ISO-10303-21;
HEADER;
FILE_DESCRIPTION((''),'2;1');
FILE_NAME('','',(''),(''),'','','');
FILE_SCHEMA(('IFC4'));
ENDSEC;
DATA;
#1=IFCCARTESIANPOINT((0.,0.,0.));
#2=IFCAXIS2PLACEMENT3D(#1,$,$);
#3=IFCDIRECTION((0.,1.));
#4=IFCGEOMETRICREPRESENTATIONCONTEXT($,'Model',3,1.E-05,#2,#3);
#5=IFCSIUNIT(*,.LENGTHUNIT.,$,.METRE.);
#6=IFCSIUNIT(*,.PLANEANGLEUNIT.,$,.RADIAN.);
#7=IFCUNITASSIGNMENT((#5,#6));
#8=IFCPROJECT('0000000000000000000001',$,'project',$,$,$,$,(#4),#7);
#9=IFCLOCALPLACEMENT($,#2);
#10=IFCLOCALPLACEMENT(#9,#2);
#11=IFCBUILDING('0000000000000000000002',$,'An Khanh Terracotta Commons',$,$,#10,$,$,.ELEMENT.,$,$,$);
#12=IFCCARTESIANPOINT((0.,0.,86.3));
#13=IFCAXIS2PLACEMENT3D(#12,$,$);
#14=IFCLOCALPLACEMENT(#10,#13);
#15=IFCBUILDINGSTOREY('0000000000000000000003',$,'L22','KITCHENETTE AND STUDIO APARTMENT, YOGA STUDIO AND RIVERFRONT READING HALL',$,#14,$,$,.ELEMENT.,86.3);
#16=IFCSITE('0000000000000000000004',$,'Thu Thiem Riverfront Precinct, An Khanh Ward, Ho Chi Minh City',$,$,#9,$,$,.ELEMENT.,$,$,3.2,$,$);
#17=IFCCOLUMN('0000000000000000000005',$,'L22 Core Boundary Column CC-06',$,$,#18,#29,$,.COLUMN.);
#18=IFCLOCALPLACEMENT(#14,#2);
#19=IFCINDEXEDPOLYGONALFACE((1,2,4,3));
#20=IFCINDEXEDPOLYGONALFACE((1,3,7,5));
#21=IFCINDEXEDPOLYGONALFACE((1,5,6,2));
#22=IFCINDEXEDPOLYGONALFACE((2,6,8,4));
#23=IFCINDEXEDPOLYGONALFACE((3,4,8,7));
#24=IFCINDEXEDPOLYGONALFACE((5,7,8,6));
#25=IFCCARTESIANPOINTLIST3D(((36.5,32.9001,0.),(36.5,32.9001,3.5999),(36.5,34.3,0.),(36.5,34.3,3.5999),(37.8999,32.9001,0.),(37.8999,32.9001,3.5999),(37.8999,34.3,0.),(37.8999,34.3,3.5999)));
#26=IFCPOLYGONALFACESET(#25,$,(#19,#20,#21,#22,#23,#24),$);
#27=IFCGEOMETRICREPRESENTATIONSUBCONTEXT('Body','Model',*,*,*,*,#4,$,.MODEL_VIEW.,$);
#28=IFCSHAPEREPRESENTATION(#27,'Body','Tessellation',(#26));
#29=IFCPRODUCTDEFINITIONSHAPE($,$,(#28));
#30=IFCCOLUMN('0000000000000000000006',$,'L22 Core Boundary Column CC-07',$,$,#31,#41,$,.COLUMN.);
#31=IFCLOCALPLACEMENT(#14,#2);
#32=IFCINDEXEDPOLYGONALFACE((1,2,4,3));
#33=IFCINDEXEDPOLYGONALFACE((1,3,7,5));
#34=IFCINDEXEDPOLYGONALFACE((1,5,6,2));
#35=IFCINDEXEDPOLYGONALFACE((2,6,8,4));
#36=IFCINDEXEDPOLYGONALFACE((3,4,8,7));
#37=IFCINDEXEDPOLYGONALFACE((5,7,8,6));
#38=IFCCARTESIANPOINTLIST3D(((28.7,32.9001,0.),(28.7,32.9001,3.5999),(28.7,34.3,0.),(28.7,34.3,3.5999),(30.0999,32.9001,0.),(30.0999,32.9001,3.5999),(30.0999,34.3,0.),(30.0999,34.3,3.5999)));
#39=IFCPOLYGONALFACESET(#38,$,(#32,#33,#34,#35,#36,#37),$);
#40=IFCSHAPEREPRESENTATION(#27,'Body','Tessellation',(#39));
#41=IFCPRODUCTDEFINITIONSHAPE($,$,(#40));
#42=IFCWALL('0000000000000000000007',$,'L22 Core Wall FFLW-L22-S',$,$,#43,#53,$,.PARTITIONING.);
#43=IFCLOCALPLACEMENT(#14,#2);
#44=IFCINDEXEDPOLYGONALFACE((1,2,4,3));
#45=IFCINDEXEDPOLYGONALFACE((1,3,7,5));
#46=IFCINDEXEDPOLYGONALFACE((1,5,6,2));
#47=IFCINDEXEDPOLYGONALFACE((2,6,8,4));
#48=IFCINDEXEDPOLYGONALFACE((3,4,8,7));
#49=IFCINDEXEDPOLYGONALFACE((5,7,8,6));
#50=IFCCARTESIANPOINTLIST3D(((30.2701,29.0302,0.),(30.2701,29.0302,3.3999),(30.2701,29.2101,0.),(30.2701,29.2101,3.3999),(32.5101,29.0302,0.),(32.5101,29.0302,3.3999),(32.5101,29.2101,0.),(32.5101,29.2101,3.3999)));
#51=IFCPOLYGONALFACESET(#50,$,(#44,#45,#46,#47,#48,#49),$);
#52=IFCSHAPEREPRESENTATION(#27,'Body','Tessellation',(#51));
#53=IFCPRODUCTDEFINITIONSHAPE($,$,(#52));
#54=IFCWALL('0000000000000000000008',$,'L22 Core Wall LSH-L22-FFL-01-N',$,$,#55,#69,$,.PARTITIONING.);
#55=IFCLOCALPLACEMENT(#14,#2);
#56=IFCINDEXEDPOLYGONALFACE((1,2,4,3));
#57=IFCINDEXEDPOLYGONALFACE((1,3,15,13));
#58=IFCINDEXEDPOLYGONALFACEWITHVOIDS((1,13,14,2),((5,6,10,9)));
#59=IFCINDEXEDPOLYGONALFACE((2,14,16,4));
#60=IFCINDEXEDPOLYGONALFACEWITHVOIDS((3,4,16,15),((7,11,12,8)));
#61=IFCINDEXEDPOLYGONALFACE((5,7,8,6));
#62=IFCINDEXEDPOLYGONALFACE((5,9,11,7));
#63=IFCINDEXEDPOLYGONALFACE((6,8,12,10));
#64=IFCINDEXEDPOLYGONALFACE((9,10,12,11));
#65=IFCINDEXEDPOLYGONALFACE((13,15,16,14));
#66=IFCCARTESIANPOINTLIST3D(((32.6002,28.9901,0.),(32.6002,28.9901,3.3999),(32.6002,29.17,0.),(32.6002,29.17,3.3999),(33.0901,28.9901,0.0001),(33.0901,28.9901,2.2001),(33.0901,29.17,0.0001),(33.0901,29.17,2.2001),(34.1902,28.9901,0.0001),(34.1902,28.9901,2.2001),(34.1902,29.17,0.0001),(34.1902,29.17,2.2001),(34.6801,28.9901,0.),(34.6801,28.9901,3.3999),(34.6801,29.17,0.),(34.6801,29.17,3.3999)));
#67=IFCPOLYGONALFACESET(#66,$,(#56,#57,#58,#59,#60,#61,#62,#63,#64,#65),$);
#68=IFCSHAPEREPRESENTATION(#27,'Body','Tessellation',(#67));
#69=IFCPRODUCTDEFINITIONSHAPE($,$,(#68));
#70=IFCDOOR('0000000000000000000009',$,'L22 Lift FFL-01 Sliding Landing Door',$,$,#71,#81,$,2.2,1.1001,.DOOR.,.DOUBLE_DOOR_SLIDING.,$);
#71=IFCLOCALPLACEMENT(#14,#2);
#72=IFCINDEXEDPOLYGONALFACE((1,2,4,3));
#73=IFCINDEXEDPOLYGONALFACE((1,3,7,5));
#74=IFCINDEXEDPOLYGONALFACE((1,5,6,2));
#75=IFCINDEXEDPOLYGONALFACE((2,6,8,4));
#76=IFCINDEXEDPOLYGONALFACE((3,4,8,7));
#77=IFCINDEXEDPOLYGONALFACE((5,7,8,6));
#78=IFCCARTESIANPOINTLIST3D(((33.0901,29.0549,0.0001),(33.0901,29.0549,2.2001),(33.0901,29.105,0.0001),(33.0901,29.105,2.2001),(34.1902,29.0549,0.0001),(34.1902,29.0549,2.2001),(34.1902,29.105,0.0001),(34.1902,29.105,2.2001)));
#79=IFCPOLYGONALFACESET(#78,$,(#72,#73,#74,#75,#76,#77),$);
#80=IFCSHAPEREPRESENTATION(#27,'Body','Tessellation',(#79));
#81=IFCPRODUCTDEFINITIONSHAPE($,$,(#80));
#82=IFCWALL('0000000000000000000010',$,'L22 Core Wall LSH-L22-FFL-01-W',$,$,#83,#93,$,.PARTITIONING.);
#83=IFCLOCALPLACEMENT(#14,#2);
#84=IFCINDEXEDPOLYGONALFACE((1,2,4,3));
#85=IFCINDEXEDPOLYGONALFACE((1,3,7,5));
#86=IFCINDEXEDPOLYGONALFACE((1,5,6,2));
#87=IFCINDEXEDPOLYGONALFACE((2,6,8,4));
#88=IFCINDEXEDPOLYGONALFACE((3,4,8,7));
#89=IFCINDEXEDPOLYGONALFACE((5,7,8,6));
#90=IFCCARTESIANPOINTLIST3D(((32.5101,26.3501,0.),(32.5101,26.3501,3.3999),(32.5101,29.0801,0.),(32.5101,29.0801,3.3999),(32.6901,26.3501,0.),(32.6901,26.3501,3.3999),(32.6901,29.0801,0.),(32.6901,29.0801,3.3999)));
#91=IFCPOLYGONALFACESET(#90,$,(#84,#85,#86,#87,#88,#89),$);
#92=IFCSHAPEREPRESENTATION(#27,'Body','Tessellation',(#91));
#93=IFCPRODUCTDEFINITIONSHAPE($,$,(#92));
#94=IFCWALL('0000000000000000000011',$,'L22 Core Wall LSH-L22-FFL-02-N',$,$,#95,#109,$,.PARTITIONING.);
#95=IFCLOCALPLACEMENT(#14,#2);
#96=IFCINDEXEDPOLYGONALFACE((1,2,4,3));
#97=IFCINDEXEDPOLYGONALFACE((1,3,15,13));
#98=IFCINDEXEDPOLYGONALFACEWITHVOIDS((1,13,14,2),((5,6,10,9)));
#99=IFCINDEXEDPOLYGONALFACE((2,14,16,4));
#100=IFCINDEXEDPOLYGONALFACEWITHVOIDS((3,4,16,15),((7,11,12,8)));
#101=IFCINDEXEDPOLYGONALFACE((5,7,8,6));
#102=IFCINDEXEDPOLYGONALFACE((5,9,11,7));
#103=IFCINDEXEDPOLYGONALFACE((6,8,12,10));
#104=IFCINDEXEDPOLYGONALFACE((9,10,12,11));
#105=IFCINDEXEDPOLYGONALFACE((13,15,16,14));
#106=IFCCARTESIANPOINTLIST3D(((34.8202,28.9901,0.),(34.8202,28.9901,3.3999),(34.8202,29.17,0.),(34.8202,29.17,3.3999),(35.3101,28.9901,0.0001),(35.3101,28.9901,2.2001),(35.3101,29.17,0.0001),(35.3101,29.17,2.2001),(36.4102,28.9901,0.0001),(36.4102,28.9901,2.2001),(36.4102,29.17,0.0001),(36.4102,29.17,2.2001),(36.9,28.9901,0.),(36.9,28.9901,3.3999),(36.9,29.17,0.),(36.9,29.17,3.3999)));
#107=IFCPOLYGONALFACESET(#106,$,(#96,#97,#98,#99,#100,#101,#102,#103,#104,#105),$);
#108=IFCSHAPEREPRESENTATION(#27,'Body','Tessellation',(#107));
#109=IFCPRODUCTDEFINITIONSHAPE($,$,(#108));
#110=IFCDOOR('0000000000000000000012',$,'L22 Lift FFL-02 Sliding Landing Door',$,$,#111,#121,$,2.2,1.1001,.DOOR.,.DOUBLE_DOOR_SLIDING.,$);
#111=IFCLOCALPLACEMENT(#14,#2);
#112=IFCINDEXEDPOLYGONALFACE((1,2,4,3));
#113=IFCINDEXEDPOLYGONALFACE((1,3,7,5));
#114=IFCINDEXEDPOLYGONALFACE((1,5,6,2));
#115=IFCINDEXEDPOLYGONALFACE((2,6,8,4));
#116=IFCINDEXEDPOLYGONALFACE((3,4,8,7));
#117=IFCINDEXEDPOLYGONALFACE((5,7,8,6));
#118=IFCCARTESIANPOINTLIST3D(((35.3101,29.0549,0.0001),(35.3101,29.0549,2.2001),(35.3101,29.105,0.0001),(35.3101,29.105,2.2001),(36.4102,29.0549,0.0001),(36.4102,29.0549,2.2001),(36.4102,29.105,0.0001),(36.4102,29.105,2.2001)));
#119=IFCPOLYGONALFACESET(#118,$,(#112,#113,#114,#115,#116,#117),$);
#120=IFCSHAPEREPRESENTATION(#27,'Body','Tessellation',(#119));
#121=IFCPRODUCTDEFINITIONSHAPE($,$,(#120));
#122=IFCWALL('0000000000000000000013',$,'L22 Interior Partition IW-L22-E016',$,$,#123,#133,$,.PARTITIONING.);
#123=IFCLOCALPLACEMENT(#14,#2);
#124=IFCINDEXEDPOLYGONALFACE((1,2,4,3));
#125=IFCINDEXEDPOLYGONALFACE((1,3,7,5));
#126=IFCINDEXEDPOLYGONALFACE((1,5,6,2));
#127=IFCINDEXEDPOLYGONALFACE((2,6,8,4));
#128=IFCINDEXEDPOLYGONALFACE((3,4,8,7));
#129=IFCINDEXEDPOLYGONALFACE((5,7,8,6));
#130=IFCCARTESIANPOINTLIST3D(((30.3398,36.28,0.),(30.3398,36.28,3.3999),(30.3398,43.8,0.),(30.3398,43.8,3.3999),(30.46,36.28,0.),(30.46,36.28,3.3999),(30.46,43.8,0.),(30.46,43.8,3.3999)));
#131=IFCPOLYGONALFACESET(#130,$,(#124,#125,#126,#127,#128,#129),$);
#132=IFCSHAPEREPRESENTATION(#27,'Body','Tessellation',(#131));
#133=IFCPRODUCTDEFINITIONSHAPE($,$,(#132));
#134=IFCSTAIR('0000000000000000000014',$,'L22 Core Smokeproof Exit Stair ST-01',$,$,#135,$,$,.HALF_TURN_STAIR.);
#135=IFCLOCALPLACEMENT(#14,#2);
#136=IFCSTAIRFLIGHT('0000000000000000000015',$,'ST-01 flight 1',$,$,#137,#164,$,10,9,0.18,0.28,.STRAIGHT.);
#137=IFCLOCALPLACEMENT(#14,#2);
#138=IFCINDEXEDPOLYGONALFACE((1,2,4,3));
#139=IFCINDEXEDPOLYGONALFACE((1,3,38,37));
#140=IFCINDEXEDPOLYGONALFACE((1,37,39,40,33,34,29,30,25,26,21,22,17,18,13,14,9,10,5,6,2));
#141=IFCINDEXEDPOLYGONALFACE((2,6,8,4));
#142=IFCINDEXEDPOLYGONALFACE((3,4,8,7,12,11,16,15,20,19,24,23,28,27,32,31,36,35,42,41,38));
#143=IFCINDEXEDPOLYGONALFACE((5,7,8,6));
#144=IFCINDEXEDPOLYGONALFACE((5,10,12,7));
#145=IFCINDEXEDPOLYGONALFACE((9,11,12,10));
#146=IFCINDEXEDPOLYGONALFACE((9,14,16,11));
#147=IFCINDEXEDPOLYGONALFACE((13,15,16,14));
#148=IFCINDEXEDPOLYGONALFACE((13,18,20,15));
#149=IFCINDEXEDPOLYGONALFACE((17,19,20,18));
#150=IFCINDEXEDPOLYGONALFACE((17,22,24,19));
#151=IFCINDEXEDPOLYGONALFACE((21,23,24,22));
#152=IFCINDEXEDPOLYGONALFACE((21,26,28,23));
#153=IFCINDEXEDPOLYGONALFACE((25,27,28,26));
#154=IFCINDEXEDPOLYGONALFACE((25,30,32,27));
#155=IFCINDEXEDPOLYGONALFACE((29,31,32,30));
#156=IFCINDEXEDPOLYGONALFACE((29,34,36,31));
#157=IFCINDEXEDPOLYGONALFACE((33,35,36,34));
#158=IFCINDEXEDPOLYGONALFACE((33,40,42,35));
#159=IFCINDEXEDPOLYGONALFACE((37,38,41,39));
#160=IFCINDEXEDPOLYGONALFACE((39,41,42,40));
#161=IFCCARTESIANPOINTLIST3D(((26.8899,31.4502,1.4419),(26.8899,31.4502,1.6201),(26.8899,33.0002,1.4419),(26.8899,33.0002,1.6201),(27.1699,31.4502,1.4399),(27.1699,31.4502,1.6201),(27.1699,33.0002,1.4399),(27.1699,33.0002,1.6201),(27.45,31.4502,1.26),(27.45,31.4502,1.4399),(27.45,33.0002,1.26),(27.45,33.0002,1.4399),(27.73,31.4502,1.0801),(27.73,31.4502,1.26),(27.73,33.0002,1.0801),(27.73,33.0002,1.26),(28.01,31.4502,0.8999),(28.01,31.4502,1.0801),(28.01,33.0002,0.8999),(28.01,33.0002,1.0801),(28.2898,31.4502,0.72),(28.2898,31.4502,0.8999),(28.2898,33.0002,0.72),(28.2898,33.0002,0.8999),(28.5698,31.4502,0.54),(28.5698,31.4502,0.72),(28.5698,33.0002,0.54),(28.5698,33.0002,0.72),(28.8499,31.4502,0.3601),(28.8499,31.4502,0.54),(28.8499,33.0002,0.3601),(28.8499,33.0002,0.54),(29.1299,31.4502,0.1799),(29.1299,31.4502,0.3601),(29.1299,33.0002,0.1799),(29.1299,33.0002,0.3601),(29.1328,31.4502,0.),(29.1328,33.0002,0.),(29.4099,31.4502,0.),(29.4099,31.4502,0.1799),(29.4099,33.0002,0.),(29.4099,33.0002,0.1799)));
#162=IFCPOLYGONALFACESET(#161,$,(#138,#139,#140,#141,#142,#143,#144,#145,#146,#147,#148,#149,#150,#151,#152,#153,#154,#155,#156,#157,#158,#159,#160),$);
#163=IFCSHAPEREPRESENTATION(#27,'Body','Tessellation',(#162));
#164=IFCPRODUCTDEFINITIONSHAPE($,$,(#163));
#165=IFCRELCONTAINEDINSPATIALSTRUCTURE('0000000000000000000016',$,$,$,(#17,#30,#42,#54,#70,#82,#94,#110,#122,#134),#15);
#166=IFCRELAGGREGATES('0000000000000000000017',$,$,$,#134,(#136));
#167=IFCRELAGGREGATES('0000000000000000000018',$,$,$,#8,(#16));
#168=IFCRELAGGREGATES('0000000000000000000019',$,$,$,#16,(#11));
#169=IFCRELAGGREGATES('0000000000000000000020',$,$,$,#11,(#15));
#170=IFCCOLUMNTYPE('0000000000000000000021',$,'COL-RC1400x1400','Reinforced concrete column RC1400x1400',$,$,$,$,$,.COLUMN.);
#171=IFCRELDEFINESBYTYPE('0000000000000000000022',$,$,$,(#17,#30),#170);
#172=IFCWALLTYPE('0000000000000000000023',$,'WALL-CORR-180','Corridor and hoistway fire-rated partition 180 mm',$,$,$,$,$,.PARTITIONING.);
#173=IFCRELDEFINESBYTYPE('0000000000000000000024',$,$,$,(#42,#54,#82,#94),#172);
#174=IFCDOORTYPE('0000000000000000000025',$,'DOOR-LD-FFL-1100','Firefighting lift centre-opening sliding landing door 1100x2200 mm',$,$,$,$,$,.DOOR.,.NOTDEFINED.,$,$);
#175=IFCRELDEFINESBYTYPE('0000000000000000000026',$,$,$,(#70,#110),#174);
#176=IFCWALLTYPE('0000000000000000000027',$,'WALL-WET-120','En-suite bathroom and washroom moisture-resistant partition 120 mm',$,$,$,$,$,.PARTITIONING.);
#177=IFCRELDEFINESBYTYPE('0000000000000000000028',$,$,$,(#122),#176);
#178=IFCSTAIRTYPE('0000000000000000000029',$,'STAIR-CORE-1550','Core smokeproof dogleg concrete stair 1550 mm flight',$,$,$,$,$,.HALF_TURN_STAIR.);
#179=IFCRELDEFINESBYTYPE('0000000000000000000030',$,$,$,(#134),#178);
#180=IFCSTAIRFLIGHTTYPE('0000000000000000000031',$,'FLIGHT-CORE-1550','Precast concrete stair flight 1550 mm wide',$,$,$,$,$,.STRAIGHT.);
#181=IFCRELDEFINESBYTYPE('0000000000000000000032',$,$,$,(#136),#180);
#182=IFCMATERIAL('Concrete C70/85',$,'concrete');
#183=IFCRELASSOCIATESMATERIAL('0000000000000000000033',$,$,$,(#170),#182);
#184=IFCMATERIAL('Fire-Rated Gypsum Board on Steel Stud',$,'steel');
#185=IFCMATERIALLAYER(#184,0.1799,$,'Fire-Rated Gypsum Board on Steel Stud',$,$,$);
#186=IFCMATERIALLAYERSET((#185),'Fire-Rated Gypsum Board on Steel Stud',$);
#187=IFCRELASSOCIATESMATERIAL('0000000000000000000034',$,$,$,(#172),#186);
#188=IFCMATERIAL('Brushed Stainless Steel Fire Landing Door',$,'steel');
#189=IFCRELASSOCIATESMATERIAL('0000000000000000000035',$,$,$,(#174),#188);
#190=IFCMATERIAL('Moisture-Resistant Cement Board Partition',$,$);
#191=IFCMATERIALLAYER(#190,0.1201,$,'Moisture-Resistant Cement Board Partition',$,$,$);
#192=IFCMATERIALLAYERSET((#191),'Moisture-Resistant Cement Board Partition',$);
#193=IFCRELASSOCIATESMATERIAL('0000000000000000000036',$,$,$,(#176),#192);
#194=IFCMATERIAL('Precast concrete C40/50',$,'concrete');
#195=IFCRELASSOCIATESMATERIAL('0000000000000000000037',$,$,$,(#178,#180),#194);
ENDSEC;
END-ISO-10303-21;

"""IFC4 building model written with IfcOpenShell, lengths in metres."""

from ifc_helpers import new_model, si_unit, direction, frame, frame_2d, origin, origin_2d, place, context, subcontext, project, spatial, polyline, rectangle, outline, extrude, material, layer, layer_set, material_profile, profile_set, type_object, element, fill, aggregate, save


model = new_model("IFC4")

# Units and contexts
model_context = context("Model", 3, precision=1e-05, world=origin(), true_north=direction((0.0, 1.0)))
body_context = subcontext(model_context, "Body", "Model", "MODEL_VIEW")
ifc_project = project(units=[si_unit("LENGTHUNIT", "METRE"), si_unit("PLANEANGLEUNIT", "RADIAN")], contexts=[model_context])

# Site, building, storey
site_placement = place(None, origin())
site = spatial("IfcSite", under=ifc_project, at=site_placement, Name="Thu Thiem Riverfront Precinct, An Khanh Ward, Ho Chi Minh City", CompositionType="ELEMENT", RefElevation=3.2)
building_placement = place(site_placement, origin())
building = spatial("IfcBuilding", under=site, at=building_placement, Name="An Khanh Terracotta Commons", CompositionType="ELEMENT")
storey_placement = place(building_placement, frame((0.0, 0.0, 86.3)))
storey = spatial("IfcBuildingStorey", under=building, at=storey_placement, Name="L22", Description="KITCHENETTE AND STUDIO APARTMENT, YOGA STUDIO AND RIVERFRONT READING HALL", CompositionType="ELEMENT", Elevation=86.3)

# Columns
ifc_material_1 = material(Name="Concrete C70/85", Category="concrete")
ifc_material_profile = material_profile(ifc_material_1, rectangle(XDim=1.3999, YDim=1.3999, at=origin_2d()), Name="RC1400x1400")
ifc_profile_set = profile_set([ifc_material_profile], Name="Concrete C70/85")
column_type = type_object("IfcColumnType", Name="COL-RC1400x1400", Description="Reinforced concrete column RC1400x1400", PredefinedType="COLUMN", material=ifc_profile_set)
for number, where, z_axis, x_axis, name in (
    (1, (37.2, 33.6001, 0.0), (0.0, 0.0, 1.0), (1.0, 0.0, 0.0), "L22 Core Boundary Column CC-06"),
    (2, (29.3999, 33.6001, 0.0), (0.0, 0.0, 1.0), (1.0, 0.0, 0.0), "L22 Core Boundary Column CC-07"),
):
    element("IfcColumn", number, at=place(storey_placement, frame(where, z_axis=z_axis, x_axis=x_axis)), inside=storey, type_object=column_type, Name=name, PredefinedType="COLUMN", context=body_context, shape_type="SweptSolid", body=[
        extrude(rectangle(XDim=1.3999, YDim=1.3999, at=origin_2d()), origin(), (0.0, 0.0, 1.0), 3.5999),
    ])

# Wall
ifc_material_2 = material(Name="Fire-Rated Gypsum Board on Steel Stud", Category="steel")
ifc_layer_1 = layer(ifc_material_2, 0.1799, Name="Fire-Rated Gypsum Board on Steel Stud")
ifc_layer_set_1 = layer_set([ifc_layer_1], Name="Fire-Rated Gypsum Board on Steel Stud")
wall_type_1 = type_object("IfcWallType", Name="WALL-CORR-180", Description="Corridor and hoistway fire-rated partition 180 mm", PredefinedType="PARTITIONING", material=ifc_layer_set_1)
wall_1_placement = place(storey_placement, frame((30.27, 29.1201, 0.0), z_axis=(0.0, 0.0, 1.0), x_axis=(1.0, 0.0, 0.0)))
element("IfcWall", 3, at=wall_1_placement, inside=storey, type_object=wall_type_1, Name="L22 Core Wall FFLW-L22-S", PredefinedType="PARTITIONING", context=body_context, shape_type="SweptSolid", body=[
    extrude(rectangle(XDim=2.24, YDim=0.1799, at=frame_2d((1.1201, 0.0))), origin(), (0.0, 0.0, 1.0), 3.3999),
])

# Wall, opening, door
wall_2_placement = place(storey_placement, frame((32.6001, 29.0801, 0.0), z_axis=(0.0, 0.0, 1.0), x_axis=(1.0, 0.0, 0.0)))
wall_2 = element("IfcWall", 4, at=wall_2_placement, inside=storey, type_object=wall_type_1, Name="L22 Core Wall LSH-L22-FFL-01-N", PredefinedType="PARTITIONING", context=body_context, shape_type="SweptSolid", body=[
    extrude(rectangle(XDim=2.0798, YDim=0.1799, at=frame_2d((1.04, 0.0))), origin(), (0.0, 0.0, 1.0), 3.3999),
])
opening_1_placement = place(wall_2_placement, frame((0.49, 0.0, 0.0)))
opening_1 = element("IfcOpeningElement", 5, at=opening_1_placement, cuts=wall_2, PredefinedType="OPENING", context=body_context, shape_type="SweptSolid", body=[
    extrude(rectangle(XDim=1.1001, YDim=2.2, at=frame_2d((0.55, 1.1001))), frame((0.0, 0.0999, 0.0), z_axis=(0.0, -1.0, 0.0), x_axis=(1.0, 0.0, 0.0)), (0.0, 0.0, 1.0), 0.2),
])
ifc_material_3 = material(Name="Brushed Stainless Steel Fire Landing Door", Category="steel")
door_type_1 = type_object("IfcDoorType", Name="DOOR-LD-FFL-1100", Description="Firefighting lift centre-opening sliding landing door 1100x2200 mm", OperationType="NOTDEFINED", PredefinedType="DOOR", material=ifc_material_3)
door_1_placement = place(opening_1_placement, origin())
door_1 = element("IfcDoor", 6, at=door_1_placement, inside=storey, type_object=door_type_1, Name="L22 Lift FFL-01 Sliding Landing Door", OperationType="DOUBLE_DOOR_SLIDING", OverallHeight=2.2, OverallWidth=1.1001, PredefinedType="DOOR", context=body_context, shape_type="SweptSolid", body=[
    extrude(rectangle(XDim=1.1001, YDim=2.2, at=frame_2d((0.55, 1.1001))), frame((0.0, 0.0249, 0.0), z_axis=(0.0, -1.0, 0.0), x_axis=(1.0, 0.0, 0.0)), (0.0, 0.0, 1.0), 0.05),
])
fill(opening_1, door_1)

# Wall
wall_3_placement = place(storey_placement, frame((32.6001, 29.0801, 0.0), z_axis=(0.0, 0.0, 1.0), x_axis=(0.0, -1.0, 0.0)))
element("IfcWall", 7, at=wall_3_placement, inside=storey, type_object=wall_type_1, Name="L22 Core Wall LSH-L22-FFL-01-W", PredefinedType="PARTITIONING", context=body_context, shape_type="SweptSolid", body=[
    extrude(rectangle(XDim=2.73, YDim=0.1799, at=frame_2d((1.365, 0.0))), origin(), (0.0, 0.0, 1.0), 3.3999),
])

# Wall, opening, door
wall_4_placement = place(storey_placement, frame((34.8201, 29.0801, 0.0), z_axis=(0.0, 0.0, 1.0), x_axis=(1.0, 0.0, 0.0)))
wall_4 = element("IfcWall", 8, at=wall_4_placement, inside=storey, type_object=wall_type_1, Name="L22 Core Wall LSH-L22-FFL-02-N", PredefinedType="PARTITIONING", context=body_context, shape_type="SweptSolid", body=[
    extrude(rectangle(XDim=2.0798, YDim=0.1799, at=frame_2d((1.04, 0.0))), origin(), (0.0, 0.0, 1.0), 3.3999),
])
opening_2_placement = place(wall_4_placement, frame((0.49, 0.0, 0.0)))
opening_2 = element("IfcOpeningElement", 9, at=opening_2_placement, cuts=wall_4, PredefinedType="OPENING", context=body_context, shape_type="SweptSolid", body=[
    extrude(rectangle(XDim=1.1001, YDim=2.2, at=frame_2d((0.55, 1.1001))), frame((0.0, 0.0999, 0.0), z_axis=(0.0, -1.0, 0.0), x_axis=(1.0, 0.0, 0.0)), (0.0, 0.0, 1.0), 0.2),
])
door_2_placement = place(opening_2_placement, origin())
door_2 = element("IfcDoor", 10, at=door_2_placement, inside=storey, type_object=door_type_1, Name="L22 Lift FFL-02 Sliding Landing Door", OperationType="DOUBLE_DOOR_SLIDING", OverallHeight=2.2, OverallWidth=1.1001, PredefinedType="DOOR", context=body_context, shape_type="SweptSolid", body=[
    extrude(rectangle(XDim=1.1001, YDim=2.2, at=frame_2d((0.55, 1.1001))), frame((0.0, 0.0249, 0.0), z_axis=(0.0, -1.0, 0.0), x_axis=(1.0, 0.0, 0.0)), (0.0, 0.0, 1.0), 0.05),
])
fill(opening_2, door_2)

# Wall
ifc_material_4 = material(Name="Moisture-Resistant Cement Board Partition")
ifc_layer_2 = layer(ifc_material_4, 0.1201, Name="Moisture-Resistant Cement Board Partition")
ifc_layer_set_2 = layer_set([ifc_layer_2], Name="Moisture-Resistant Cement Board Partition")
wall_type_2 = type_object("IfcWallType", Name="WALL-WET-120", Description="En-suite bathroom and washroom moisture-resistant partition 120 mm", PredefinedType="PARTITIONING", material=ifc_layer_set_2)
wall_5_placement = place(storey_placement, frame((30.3999, 36.28, 0.0), z_axis=(0.0, 0.0, 1.0), x_axis=(0.0, 1.0, 0.0)))
element("IfcWall", 11, at=wall_5_placement, inside=storey, type_object=wall_type_2, Name="L22 Interior Partition IW-L22-E016", PredefinedType="PARTITIONING", context=body_context, shape_type="SweptSolid", body=[
    extrude(rectangle(XDim=7.52, YDim=0.1201, at=frame_2d((3.76, 0.0))), origin(), (0.0, 0.0, 1.0), 3.3999),
])

# Stair, stair flight
ifc_material_5 = material(Name="Precast concrete C40/50", Category="concrete")
stair_type = type_object("IfcStairType", Name="STAIR-CORE-1550", Description="Core smokeproof dogleg concrete stair 1550 mm flight", PredefinedType="HALF_TURN_STAIR", material=ifc_material_5)
stair_placement = place(storey_placement, origin())
stair = element("IfcStair", 12, at=stair_placement, inside=storey, type_object=stair_type, Name="L22 Core Smokeproof Exit Stair ST-01", PredefinedType="HALF_TURN_STAIR")
stair_flight_type = type_object("IfcStairFlightType", Name="FLIGHT-CORE-1550", Description="Precast concrete stair flight 1550 mm wide", PredefinedType="STRAIGHT", material=ifc_material_5)
stair_flight_1_placement = place(storey_placement, frame((29.4099, 32.2251, 0.0), z_axis=(0.0, 0.0, 1.0), x_axis=(-1.0, 0.0, 0.0)))
stair_flight_1 = element("IfcStairFlight", 13, at=stair_flight_1_placement, type_object=stair_flight_type, Name="ST-01 flight 1", NumberOfRisers=10, NumberOfTreads=9, PredefinedType="STRAIGHT", RiserHeight=0.18, TreadLength=0.28, context=body_context, shape_type="SweptSolid", body=[
    extrude(outline(polyline([(0.0, 0.0), (0.0, 0.1799), (0.28, 0.1799), (0.28, 0.3601), (0.5601, 0.3601), (0.5601, 0.54), (0.8401, 0.54), (0.8401, 0.72), (1.1201, 0.72), (1.1201, 0.8999), (1.3999, 0.8999), (1.3999, 1.0801), (1.6799, 1.0801), (1.6799, 1.26), (1.96, 1.26), (1.96, 1.4399), (2.24, 1.4399), (2.24, 1.6201), (2.52, 1.6201), (2.52, 1.8), (2.52, 1.4419), (0.2771, 0.0), (0.0, 0.0)])), frame((0.0, 0.7749, 0.0), z_axis=(0.0, -1.0, 0.0), x_axis=(1.0, 0.0, 0.0)), (0.0, 0.0, 1.0), 1.55),
])
aggregate(stair, [stair_flight_1])

save(model, "model.ifc")
